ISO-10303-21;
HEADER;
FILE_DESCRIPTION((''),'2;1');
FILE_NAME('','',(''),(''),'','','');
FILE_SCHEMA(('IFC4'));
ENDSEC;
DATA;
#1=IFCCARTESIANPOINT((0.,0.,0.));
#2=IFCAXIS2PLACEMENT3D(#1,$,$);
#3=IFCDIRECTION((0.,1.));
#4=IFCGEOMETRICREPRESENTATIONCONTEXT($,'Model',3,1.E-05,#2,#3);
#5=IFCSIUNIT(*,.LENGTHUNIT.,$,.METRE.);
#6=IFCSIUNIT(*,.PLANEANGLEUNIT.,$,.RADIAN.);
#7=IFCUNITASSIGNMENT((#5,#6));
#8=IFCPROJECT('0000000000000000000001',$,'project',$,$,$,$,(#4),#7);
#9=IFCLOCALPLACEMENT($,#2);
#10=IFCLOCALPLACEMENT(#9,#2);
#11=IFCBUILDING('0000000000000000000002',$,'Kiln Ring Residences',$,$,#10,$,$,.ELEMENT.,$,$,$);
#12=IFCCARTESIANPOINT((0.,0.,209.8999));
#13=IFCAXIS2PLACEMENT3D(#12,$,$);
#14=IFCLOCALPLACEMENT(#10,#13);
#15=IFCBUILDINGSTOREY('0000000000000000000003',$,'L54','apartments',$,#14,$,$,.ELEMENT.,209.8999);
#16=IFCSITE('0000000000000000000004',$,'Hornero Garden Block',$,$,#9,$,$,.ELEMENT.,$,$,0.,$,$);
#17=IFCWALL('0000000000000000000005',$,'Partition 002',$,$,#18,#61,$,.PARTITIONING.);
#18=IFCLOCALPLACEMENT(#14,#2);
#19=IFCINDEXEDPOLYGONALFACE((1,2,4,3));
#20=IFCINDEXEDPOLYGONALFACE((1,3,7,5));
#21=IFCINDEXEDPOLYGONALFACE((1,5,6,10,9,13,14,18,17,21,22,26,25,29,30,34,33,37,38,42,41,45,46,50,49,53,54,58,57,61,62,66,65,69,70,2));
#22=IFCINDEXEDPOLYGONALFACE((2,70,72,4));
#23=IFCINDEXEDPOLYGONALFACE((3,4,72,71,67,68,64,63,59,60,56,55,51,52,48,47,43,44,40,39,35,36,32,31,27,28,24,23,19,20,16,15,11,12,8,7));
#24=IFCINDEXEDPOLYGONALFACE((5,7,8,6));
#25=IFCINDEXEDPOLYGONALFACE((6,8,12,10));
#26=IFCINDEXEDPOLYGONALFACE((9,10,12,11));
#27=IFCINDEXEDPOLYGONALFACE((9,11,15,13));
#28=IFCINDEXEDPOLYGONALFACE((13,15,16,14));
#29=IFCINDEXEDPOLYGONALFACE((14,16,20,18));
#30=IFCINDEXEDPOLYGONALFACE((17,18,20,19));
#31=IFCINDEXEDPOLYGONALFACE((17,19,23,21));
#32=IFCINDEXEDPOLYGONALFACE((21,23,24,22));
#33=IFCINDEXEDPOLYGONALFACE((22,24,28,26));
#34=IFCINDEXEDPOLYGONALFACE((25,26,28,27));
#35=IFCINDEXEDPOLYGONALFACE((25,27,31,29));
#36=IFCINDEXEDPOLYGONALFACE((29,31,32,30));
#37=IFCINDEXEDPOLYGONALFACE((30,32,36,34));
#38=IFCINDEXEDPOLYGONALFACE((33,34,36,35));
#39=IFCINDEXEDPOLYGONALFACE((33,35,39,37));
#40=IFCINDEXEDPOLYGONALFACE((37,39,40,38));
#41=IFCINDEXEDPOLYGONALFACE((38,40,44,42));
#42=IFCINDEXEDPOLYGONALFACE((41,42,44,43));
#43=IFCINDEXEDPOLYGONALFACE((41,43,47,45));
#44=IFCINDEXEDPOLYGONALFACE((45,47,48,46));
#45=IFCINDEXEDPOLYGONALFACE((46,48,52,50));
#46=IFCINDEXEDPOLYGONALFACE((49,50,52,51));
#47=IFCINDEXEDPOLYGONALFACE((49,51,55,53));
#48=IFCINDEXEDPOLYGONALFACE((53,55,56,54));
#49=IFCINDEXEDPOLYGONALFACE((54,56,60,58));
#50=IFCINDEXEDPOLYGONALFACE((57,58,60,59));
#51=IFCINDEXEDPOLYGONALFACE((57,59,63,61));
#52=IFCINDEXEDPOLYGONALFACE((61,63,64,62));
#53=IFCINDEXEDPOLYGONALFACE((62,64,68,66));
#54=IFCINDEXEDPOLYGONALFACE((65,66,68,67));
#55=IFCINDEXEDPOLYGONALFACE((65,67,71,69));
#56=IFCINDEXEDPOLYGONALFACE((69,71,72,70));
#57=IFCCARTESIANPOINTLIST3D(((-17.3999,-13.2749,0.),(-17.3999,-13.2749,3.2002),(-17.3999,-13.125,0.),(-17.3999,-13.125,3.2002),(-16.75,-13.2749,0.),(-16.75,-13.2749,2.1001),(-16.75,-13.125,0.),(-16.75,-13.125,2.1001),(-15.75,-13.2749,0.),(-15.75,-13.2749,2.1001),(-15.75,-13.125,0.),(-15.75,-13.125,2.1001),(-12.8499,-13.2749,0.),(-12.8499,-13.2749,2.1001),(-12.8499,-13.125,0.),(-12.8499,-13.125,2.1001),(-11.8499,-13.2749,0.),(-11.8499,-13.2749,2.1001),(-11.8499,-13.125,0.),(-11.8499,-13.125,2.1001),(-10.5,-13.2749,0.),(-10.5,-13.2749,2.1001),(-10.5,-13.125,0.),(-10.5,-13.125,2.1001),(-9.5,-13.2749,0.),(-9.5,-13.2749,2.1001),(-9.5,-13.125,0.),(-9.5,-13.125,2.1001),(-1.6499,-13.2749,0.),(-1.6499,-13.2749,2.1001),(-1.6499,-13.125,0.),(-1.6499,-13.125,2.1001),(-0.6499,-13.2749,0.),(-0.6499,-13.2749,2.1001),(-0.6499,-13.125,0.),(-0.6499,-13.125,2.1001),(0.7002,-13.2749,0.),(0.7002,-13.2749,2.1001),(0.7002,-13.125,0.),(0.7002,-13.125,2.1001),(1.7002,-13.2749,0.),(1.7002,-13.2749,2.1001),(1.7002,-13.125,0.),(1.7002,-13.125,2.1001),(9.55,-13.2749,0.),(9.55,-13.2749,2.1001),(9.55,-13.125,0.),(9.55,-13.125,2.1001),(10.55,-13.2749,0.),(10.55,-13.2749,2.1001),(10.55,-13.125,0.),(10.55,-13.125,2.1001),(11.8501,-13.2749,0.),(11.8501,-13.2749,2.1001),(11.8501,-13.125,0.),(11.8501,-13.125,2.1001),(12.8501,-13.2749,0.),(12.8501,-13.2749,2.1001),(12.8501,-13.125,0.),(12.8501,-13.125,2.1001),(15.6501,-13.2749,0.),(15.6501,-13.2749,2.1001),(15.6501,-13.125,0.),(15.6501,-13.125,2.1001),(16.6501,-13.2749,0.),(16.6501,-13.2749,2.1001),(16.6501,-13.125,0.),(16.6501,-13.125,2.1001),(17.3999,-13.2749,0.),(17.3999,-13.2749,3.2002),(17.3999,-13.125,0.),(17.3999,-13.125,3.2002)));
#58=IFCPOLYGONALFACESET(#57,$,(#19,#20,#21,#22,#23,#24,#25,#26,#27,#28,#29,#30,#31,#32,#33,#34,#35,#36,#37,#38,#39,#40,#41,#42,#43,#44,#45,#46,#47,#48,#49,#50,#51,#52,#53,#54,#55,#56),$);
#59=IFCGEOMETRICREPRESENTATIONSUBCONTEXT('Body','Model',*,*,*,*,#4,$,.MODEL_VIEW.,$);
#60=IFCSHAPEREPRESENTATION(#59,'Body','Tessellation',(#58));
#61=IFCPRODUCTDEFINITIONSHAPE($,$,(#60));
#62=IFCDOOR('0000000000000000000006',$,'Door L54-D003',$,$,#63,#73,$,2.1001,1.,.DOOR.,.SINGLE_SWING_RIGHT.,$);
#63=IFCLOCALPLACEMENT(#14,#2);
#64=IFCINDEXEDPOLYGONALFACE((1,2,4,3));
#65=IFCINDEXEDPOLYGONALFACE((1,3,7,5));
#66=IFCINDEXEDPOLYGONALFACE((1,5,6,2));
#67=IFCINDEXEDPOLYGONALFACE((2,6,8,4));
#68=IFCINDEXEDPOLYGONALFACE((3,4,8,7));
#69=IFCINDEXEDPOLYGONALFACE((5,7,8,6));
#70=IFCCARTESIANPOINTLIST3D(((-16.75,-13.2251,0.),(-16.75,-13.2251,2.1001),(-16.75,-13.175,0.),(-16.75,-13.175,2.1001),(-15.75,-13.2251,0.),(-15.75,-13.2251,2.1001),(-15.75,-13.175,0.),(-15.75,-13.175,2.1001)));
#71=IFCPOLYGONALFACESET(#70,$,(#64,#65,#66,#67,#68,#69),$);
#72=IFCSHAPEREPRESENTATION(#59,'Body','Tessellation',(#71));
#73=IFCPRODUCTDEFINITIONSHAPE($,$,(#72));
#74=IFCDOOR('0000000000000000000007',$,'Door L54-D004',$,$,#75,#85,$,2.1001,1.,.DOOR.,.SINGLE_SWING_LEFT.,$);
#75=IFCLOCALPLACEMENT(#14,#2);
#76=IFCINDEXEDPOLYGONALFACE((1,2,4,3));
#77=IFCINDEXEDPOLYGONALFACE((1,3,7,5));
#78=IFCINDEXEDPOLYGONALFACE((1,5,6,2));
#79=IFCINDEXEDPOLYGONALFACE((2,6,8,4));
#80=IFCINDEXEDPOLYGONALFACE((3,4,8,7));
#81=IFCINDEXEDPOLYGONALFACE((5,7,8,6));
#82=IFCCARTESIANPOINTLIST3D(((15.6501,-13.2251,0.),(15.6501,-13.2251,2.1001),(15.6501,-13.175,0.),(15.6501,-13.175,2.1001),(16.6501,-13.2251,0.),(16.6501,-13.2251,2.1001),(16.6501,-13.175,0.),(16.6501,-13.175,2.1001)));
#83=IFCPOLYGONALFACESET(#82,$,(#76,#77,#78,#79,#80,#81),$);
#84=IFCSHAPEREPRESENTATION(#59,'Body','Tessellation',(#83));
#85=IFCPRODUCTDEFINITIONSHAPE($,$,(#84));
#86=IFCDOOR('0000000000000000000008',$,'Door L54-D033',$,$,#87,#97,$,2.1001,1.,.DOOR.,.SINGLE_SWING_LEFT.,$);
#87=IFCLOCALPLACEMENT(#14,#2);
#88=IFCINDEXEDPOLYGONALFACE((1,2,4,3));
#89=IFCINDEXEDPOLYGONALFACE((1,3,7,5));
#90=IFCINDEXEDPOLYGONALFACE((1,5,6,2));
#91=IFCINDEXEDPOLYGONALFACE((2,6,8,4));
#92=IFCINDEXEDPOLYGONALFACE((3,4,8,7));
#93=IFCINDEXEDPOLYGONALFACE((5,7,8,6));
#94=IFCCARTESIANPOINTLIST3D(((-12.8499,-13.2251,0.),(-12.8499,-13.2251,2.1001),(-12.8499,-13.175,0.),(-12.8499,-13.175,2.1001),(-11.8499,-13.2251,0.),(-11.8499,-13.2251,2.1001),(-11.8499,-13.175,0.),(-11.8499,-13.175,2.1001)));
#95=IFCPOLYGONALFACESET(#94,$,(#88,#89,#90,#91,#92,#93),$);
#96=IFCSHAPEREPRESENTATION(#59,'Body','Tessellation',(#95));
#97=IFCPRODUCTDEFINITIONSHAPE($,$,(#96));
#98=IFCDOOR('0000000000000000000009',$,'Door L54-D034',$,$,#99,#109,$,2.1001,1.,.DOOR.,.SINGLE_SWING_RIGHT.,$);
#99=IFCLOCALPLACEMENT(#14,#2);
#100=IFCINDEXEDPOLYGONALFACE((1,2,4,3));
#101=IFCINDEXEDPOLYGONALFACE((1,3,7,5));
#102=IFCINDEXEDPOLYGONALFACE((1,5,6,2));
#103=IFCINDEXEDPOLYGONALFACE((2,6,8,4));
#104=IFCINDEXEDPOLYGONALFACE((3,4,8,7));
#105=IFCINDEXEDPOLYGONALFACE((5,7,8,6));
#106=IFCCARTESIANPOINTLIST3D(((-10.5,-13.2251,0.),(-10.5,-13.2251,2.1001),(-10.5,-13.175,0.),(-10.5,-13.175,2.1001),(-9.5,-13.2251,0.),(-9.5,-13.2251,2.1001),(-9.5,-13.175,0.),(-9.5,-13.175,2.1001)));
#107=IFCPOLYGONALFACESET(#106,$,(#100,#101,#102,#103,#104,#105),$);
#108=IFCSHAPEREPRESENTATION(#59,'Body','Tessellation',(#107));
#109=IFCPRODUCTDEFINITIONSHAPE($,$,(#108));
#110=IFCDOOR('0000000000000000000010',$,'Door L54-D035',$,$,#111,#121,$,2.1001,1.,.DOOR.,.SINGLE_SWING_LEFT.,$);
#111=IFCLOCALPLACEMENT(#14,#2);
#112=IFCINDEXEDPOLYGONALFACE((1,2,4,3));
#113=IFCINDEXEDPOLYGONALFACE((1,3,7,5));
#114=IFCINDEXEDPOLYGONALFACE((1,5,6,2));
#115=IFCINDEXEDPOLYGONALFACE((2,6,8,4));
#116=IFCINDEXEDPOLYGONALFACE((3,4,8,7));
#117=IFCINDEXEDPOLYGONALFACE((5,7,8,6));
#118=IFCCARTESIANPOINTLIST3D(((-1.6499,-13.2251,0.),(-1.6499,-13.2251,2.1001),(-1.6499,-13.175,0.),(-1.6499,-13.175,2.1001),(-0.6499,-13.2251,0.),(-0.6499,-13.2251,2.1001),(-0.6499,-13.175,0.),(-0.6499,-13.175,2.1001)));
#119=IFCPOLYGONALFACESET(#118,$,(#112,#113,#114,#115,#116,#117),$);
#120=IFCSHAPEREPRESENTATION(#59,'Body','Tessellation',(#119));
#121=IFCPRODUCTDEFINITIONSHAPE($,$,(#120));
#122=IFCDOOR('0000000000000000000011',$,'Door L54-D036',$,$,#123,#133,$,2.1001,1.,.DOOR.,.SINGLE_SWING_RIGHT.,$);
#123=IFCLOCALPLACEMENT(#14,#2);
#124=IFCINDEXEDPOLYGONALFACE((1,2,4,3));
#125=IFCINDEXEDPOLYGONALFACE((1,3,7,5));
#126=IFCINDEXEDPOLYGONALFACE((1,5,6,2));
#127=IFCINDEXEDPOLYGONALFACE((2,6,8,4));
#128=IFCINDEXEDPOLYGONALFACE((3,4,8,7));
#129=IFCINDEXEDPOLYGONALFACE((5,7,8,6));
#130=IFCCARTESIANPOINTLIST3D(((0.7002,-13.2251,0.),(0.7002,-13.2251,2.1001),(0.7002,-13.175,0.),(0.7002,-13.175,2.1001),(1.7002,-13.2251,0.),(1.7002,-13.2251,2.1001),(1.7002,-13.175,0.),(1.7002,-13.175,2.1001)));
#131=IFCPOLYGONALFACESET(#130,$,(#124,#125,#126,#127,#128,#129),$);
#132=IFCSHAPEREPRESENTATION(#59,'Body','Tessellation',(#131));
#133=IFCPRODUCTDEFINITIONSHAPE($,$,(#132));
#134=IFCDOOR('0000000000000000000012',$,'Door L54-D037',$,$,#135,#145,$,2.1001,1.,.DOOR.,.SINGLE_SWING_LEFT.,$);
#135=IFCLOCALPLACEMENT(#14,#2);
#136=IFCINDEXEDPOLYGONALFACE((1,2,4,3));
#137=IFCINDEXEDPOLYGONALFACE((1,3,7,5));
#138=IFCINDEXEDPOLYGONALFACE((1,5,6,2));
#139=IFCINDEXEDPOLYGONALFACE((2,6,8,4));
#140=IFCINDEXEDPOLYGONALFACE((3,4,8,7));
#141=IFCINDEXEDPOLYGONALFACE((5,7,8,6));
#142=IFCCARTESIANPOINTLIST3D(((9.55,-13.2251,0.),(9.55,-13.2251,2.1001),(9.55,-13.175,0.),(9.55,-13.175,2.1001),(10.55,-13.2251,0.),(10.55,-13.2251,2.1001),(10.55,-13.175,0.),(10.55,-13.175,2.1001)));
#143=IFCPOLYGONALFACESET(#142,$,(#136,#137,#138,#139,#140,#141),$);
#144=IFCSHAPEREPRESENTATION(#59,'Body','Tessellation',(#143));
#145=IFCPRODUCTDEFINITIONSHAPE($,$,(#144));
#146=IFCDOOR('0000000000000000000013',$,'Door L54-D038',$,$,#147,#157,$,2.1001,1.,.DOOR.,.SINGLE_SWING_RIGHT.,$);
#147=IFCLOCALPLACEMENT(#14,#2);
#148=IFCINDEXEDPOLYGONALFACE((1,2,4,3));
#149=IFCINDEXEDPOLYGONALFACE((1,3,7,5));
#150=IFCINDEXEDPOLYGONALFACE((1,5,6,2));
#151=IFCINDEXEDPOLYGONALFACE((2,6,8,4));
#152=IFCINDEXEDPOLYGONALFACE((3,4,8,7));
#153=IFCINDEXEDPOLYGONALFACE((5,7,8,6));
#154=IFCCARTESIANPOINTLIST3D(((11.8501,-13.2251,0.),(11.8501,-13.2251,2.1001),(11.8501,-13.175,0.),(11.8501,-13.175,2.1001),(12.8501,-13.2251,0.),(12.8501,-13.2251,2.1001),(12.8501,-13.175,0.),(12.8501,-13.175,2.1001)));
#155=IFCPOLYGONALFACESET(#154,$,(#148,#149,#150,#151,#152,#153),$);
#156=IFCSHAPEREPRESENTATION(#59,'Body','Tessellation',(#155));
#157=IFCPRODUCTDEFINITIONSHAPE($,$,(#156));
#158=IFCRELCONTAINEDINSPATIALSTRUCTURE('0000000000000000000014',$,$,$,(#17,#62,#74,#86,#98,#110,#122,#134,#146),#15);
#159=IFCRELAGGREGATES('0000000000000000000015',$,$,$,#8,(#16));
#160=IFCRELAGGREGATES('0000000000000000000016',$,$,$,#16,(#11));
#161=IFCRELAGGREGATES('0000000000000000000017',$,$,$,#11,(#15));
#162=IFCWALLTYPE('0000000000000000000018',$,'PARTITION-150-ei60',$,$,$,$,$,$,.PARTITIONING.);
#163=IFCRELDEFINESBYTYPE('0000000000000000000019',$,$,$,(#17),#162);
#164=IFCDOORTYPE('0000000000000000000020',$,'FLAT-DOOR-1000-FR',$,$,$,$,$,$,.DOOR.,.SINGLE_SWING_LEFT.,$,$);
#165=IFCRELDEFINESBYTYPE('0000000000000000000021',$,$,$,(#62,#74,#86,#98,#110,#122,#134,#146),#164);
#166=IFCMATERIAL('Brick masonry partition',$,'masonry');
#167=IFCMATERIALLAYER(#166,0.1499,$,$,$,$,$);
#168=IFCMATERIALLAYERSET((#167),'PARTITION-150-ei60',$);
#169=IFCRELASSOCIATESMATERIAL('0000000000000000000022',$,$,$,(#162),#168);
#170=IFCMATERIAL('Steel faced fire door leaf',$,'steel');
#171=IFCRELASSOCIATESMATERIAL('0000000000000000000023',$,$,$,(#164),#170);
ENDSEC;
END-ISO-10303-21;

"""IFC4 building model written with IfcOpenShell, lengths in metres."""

from ifc_helpers import new_model, si_unit, direction, frame, frame_2d, origin, place, context, subcontext, project, spatial, rectangle, extrude, material, layer, layer_set, type_object, element, fill, save


model = new_model("IFC4")

# Units and contexts
model_context = context("Model", 3, precision=1e-05, world=origin(), true_north=direction((0.0, 1.0)))
body_context = subcontext(model_context, "Body", "Model", "MODEL_VIEW")
ifc_project = project(units=[si_unit("LENGTHUNIT", "METRE"), si_unit("PLANEANGLEUNIT", "RADIAN")], contexts=[model_context])

# Site, building, storey
site_placement = place(None, origin())
site = spatial("IfcSite", under=ifc_project, at=site_placement, Name="Hornero Garden Block", CompositionType="ELEMENT", RefElevation=0.0)
building_placement = place(site_placement, origin())
building = spatial("IfcBuilding", under=site, at=building_placement, Name="Kiln Ring Residences", CompositionType="ELEMENT")
storey_placement = place(building_placement, frame((0.0, 0.0, 209.8999)))
storey = spatial("IfcBuildingStorey", under=building, at=storey_placement, Name="L54", Description="apartments", CompositionType="ELEMENT", Elevation=209.8999)

# Wall, openings, doors
ifc_material_1 = material(Name="Brick masonry partition", Category="masonry")
ifc_layer_1 = layer(ifc_material_1, 0.1499)
ifc_layer_set_1 = layer_set([ifc_layer_1], Name="PARTITION-150-ei60")
wall_type_1 = type_object("IfcWallType", Name="PARTITION-150-ei60", PredefinedType="PARTITIONING", material=ifc_layer_set_1)
wall_1_placement = place(storey_placement, frame((-17.3999, -13.2, 0.0), z_axis=(0.0, 0.0, 1.0), x_axis=(1.0, 0.0, 0.0)))
wall_1 = element("IfcWall", 1, at=wall_1_placement, inside=storey, type_object=wall_type_1, Name="Partition 002", PredefinedType="PARTITIONING", context=body_context, shape_type="SweptSolid", body=[
    extrude(rectangle(XDim=34.7998, YDim=0.1499, at=frame_2d((17.3999, 0.0))), origin(), (0.0, 0.0, 1.0), 3.2002),
])
opening_1_placement = place(wall_1_placement, frame((0.6499, 0.0, 0.0)))
opening_1 = element("IfcOpeningElement", 2, at=opening_1_placement, cuts=wall_1, PredefinedType="OPENING", context=body_context, shape_type="SweptSolid", body=[
    extrude(rectangle(XDim=1.0, YDim=2.1001, at=frame_2d((0.5, 1.05))), frame((0.0, 0.085, 0.0), z_axis=(0.0, -1.0, 0.0), x_axis=(1.0, 0.0, 0.0)), (0.0, 0.0, 1.0), 0.1699),
])
opening_2_placement = place(wall_1_placement, frame((33.05, 0.0, 0.0)))
opening_2 = element("IfcOpeningElement", 3, at=opening_2_placement, cuts=wall_1, PredefinedType="OPENING", context=body_context, shape_type="SweptSolid", body=[
    extrude(rectangle(XDim=1.0, YDim=2.1001, at=frame_2d((0.5, 1.05))), frame((0.0, 0.085, 0.0), z_axis=(0.0, -1.0, 0.0), x_axis=(1.0, 0.0, 0.0)), (0.0, 0.0, 1.0), 0.1699),
])
opening_3_placement = place(wall_1_placement, frame((4.55, 0.0, 0.0)))
opening_3 = element("IfcOpeningElement", 4, at=opening_3_placement, cuts=wall_1, PredefinedType="OPENING", context=body_context, shape_type="SweptSolid", body=[
    extrude(rectangle(XDim=1.0, YDim=2.1001, at=frame_2d((0.5, 1.05))), frame((0.0, 0.085, 0.0), z_axis=(0.0, -1.0, 0.0), x_axis=(1.0, 0.0, 0.0)), (0.0, 0.0, 1.0), 0.1699),
])
opening_4_placement = place(wall_1_placement, frame((6.8999, 0.0, 0.0)))
opening_4 = element("IfcOpeningElement", 5, at=opening_4_placement, cuts=wall_1, PredefinedType="OPENING", context=body_context, shape_type="SweptSolid", body=[
    extrude(rectangle(XDim=1.0, YDim=2.1001, at=frame_2d((0.5, 1.05))), frame((0.0, 0.085, 0.0), z_axis=(0.0, -1.0, 0.0), x_axis=(1.0, 0.0, 0.0)), (0.0, 0.0, 1.0), 0.1699),
])
opening_5_placement = place(wall_1_placement, frame((15.75, 0.0, 0.0)))
opening_5 = element("IfcOpeningElement", 6, at=opening_5_placement, cuts=wall_1, PredefinedType="OPENING", context=body_context, shape_type="SweptSolid", body=[
    extrude(rectangle(XDim=1.0, YDim=2.1001, at=frame_2d((0.5, 1.05))), frame((0.0, 0.085, 0.0), z_axis=(0.0, -1.0, 0.0), x_axis=(1.0, 0.0, 0.0)), (0.0, 0.0, 1.0), 0.1699),
])
opening_6_placement = place(wall_1_placement, frame((18.1001, 0.0, 0.0)))
opening_6 = element("IfcOpeningElement", 7, at=opening_6_placement, cuts=wall_1, PredefinedType="OPENING", context=body_context, shape_type="SweptSolid", body=[
    extrude(rectangle(XDim=1.0, YDim=2.1001, at=frame_2d((0.5, 1.05))), frame((0.0, 0.085, 0.0), z_axis=(0.0, -1.0, 0.0), x_axis=(1.0, 0.0, 0.0)), (0.0, 0.0, 1.0), 0.1699),
])
opening_7_placement = place(wall_1_placement, frame((26.95, 0.0, 0.0)))
opening_7 = element("IfcOpeningElement", 8, at=opening_7_placement, cuts=wall_1, PredefinedType="OPENING", context=body_context, shape_type="SweptSolid", body=[
    extrude(rectangle(XDim=1.0, YDim=2.1001, at=frame_2d((0.5, 1.05))), frame((0.0, 0.085, 0.0), z_axis=(0.0, -1.0, 0.0), x_axis=(1.0, 0.0, 0.0)), (0.0, 0.0, 1.0), 0.1699),
])
opening_8_placement = place(wall_1_placement, frame((29.25, 0.0, 0.0)))
opening_8 = element("IfcOpeningElement", 9, at=opening_8_placement, cuts=wall_1, PredefinedType="OPENING", context=body_context, shape_type="SweptSolid", body=[
    extrude(rectangle(XDim=1.0, YDim=2.1001, at=frame_2d((0.5, 1.05))), frame((0.0, 0.085, 0.0), z_axis=(0.0, -1.0, 0.0), x_axis=(1.0, 0.0, 0.0)), (0.0, 0.0, 1.0), 0.1699),
])
ifc_material_2 = material(Name="Steel faced fire door leaf", Category="steel")
door_type_1 = type_object("IfcDoorType", Name="FLAT-DOOR-1000-FR", OperationType="SINGLE_SWING_LEFT", PredefinedType="DOOR", material=ifc_material_2)
door_1_placement = place(opening_1_placement, origin())
door_1 = element("IfcDoor", 10, at=door_1_placement, inside=storey, type_object=door_type_1, Name="Door L54-D003", OperationType="SINGLE_SWING_RIGHT", OverallHeight=2.1001, OverallWidth=1.0, PredefinedType="DOOR", context=body_context, shape_type="SweptSolid", body=[
    extrude(rectangle(XDim=1.0, YDim=2.1001, at=frame_2d((0.5, 1.05))), frame((0.0, 0.0249, 0.0), z_axis=(0.0, -1.0, 0.0), x_axis=(1.0, 0.0, 0.0)), (0.0, 0.0, 1.0), 0.05),
])
fill(opening_1, door_1)
door_2_placement = place(opening_2_placement, origin())
door_2 = element("IfcDoor", 11, at=door_2_placement, inside=storey, type_object=door_type_1, Name="Door L54-D004", OperationType="SINGLE_SWING_LEFT", OverallHeight=2.1001, OverallWidth=1.0, PredefinedType="DOOR", context=body_context, shape_type="SweptSolid", body=[
    extrude(rectangle(XDim=1.0, YDim=2.1001, at=frame_2d((0.5, 1.05))), frame((0.0, 0.0249, 0.0), z_axis=(0.0, -1.0, 0.0), x_axis=(1.0, 0.0, 0.0)), (0.0, 0.0, 1.0), 0.05),
])
fill(opening_2, door_2)
door_3_placement = place(opening_3_placement, origin())
door_3 = element("IfcDoor", 12, at=door_3_placement, inside=storey, type_object=door_type_1, Name="Door L54-D033", OperationType="SINGLE_SWING_LEFT", OverallHeight=2.1001, OverallWidth=1.0, PredefinedType="DOOR", context=body_context, shape_type="SweptSolid", body=[
    extrude(rectangle(XDim=1.0, YDim=2.1001, at=frame_2d((0.5, 1.05))), frame((0.0, 0.0249, 0.0), z_axis=(0.0, -1.0, 0.0), x_axis=(1.0, 0.0, 0.0)), (0.0, 0.0, 1.0), 0.05),
])
fill(opening_3, door_3)
door_4_placement = place(opening_4_placement, origin())
door_4 = element("IfcDoor", 13, at=door_4_placement, inside=storey, type_object=door_type_1, Name="Door L54-D034", OperationType="SINGLE_SWING_RIGHT", OverallHeight=2.1001, OverallWidth=1.0, PredefinedType="DOOR", context=body_context, shape_type="SweptSolid", body=[
    extrude(rectangle(XDim=1.0, YDim=2.1001, at=frame_2d((0.5, 1.05))), frame((0.0, 0.0249, 0.0), z_axis=(0.0, -1.0, 0.0), x_axis=(1.0, 0.0, 0.0)), (0.0, 0.0, 1.0), 0.05),
])
fill(opening_4, door_4)
door_5_placement = place(opening_5_placement, origin())
door_5 = element("IfcDoor", 14, at=door_5_placement, inside=storey, type_object=door_type_1, Name="Door L54-D035", OperationType="SINGLE_SWING_LEFT", OverallHeight=2.1001, OverallWidth=1.0, PredefinedType="DOOR", context=body_context, shape_type="SweptSolid", body=[
    extrude(rectangle(XDim=1.0, YDim=2.1001, at=frame_2d((0.5, 1.05))), frame((0.0, 0.0249, 0.0), z_axis=(0.0, -1.0, 0.0), x_axis=(1.0, 0.0, 0.0)), (0.0, 0.0, 1.0), 0.05),
])
fill(opening_5, door_5)
door_6_placement = place(opening_6_placement, origin())
door_6 = element("IfcDoor", 15, at=door_6_placement, inside=storey, type_object=door_type_1, Name="Door L54-D036", OperationType="SINGLE_SWING_RIGHT", OverallHeight=2.1001, OverallWidth=1.0, PredefinedType="DOOR", context=body_context, shape_type="SweptSolid", body=[
    extrude(rectangle(XDim=1.0, YDim=2.1001, at=frame_2d((0.5, 1.05))), frame((0.0, 0.0249, 0.0), z_axis=(0.0, -1.0, 0.0), x_axis=(1.0, 0.0, 0.0)), (0.0, 0.0, 1.0), 0.05),
])
fill(opening_6, door_6)
door_7_placement = place(opening_7_placement, origin())
door_7 = element("IfcDoor", 16, at=door_7_placement, inside=storey, type_object=door_type_1, Name="Door L54-D037", OperationType="SINGLE_SWING_LEFT", OverallHeight=2.1001, OverallWidth=1.0, PredefinedType="DOOR", context=body_context, shape_type="SweptSolid", body=[
    extrude(rectangle(XDim=1.0, YDim=2.1001, at=frame_2d((0.5, 1.05))), frame((0.0, 0.0249, 0.0), z_axis=(0.0, -1.0, 0.0), x_axis=(1.0, 0.0, 0.0)), (0.0, 0.0, 1.0), 0.05),
])
fill(opening_7, door_7)
door_8_placement = place(opening_8_placement, origin())
door_8 = element("IfcDoor", 17, at=door_8_placement, inside=storey, type_object=door_type_1, Name="Door L54-D038", OperationType="SINGLE_SWING_RIGHT", OverallHeight=2.1001, OverallWidth=1.0, PredefinedType="DOOR", context=body_context, shape_type="SweptSolid", body=[
    extrude(rectangle(XDim=1.0, YDim=2.1001, at=frame_2d((0.5, 1.05))), frame((0.0, 0.0249, 0.0), z_axis=(0.0, -1.0, 0.0), x_axis=(1.0, 0.0, 0.0)), (0.0, 0.0, 1.0), 0.05),
])
fill(opening_8, door_8)

save(model, "model.ifc")
